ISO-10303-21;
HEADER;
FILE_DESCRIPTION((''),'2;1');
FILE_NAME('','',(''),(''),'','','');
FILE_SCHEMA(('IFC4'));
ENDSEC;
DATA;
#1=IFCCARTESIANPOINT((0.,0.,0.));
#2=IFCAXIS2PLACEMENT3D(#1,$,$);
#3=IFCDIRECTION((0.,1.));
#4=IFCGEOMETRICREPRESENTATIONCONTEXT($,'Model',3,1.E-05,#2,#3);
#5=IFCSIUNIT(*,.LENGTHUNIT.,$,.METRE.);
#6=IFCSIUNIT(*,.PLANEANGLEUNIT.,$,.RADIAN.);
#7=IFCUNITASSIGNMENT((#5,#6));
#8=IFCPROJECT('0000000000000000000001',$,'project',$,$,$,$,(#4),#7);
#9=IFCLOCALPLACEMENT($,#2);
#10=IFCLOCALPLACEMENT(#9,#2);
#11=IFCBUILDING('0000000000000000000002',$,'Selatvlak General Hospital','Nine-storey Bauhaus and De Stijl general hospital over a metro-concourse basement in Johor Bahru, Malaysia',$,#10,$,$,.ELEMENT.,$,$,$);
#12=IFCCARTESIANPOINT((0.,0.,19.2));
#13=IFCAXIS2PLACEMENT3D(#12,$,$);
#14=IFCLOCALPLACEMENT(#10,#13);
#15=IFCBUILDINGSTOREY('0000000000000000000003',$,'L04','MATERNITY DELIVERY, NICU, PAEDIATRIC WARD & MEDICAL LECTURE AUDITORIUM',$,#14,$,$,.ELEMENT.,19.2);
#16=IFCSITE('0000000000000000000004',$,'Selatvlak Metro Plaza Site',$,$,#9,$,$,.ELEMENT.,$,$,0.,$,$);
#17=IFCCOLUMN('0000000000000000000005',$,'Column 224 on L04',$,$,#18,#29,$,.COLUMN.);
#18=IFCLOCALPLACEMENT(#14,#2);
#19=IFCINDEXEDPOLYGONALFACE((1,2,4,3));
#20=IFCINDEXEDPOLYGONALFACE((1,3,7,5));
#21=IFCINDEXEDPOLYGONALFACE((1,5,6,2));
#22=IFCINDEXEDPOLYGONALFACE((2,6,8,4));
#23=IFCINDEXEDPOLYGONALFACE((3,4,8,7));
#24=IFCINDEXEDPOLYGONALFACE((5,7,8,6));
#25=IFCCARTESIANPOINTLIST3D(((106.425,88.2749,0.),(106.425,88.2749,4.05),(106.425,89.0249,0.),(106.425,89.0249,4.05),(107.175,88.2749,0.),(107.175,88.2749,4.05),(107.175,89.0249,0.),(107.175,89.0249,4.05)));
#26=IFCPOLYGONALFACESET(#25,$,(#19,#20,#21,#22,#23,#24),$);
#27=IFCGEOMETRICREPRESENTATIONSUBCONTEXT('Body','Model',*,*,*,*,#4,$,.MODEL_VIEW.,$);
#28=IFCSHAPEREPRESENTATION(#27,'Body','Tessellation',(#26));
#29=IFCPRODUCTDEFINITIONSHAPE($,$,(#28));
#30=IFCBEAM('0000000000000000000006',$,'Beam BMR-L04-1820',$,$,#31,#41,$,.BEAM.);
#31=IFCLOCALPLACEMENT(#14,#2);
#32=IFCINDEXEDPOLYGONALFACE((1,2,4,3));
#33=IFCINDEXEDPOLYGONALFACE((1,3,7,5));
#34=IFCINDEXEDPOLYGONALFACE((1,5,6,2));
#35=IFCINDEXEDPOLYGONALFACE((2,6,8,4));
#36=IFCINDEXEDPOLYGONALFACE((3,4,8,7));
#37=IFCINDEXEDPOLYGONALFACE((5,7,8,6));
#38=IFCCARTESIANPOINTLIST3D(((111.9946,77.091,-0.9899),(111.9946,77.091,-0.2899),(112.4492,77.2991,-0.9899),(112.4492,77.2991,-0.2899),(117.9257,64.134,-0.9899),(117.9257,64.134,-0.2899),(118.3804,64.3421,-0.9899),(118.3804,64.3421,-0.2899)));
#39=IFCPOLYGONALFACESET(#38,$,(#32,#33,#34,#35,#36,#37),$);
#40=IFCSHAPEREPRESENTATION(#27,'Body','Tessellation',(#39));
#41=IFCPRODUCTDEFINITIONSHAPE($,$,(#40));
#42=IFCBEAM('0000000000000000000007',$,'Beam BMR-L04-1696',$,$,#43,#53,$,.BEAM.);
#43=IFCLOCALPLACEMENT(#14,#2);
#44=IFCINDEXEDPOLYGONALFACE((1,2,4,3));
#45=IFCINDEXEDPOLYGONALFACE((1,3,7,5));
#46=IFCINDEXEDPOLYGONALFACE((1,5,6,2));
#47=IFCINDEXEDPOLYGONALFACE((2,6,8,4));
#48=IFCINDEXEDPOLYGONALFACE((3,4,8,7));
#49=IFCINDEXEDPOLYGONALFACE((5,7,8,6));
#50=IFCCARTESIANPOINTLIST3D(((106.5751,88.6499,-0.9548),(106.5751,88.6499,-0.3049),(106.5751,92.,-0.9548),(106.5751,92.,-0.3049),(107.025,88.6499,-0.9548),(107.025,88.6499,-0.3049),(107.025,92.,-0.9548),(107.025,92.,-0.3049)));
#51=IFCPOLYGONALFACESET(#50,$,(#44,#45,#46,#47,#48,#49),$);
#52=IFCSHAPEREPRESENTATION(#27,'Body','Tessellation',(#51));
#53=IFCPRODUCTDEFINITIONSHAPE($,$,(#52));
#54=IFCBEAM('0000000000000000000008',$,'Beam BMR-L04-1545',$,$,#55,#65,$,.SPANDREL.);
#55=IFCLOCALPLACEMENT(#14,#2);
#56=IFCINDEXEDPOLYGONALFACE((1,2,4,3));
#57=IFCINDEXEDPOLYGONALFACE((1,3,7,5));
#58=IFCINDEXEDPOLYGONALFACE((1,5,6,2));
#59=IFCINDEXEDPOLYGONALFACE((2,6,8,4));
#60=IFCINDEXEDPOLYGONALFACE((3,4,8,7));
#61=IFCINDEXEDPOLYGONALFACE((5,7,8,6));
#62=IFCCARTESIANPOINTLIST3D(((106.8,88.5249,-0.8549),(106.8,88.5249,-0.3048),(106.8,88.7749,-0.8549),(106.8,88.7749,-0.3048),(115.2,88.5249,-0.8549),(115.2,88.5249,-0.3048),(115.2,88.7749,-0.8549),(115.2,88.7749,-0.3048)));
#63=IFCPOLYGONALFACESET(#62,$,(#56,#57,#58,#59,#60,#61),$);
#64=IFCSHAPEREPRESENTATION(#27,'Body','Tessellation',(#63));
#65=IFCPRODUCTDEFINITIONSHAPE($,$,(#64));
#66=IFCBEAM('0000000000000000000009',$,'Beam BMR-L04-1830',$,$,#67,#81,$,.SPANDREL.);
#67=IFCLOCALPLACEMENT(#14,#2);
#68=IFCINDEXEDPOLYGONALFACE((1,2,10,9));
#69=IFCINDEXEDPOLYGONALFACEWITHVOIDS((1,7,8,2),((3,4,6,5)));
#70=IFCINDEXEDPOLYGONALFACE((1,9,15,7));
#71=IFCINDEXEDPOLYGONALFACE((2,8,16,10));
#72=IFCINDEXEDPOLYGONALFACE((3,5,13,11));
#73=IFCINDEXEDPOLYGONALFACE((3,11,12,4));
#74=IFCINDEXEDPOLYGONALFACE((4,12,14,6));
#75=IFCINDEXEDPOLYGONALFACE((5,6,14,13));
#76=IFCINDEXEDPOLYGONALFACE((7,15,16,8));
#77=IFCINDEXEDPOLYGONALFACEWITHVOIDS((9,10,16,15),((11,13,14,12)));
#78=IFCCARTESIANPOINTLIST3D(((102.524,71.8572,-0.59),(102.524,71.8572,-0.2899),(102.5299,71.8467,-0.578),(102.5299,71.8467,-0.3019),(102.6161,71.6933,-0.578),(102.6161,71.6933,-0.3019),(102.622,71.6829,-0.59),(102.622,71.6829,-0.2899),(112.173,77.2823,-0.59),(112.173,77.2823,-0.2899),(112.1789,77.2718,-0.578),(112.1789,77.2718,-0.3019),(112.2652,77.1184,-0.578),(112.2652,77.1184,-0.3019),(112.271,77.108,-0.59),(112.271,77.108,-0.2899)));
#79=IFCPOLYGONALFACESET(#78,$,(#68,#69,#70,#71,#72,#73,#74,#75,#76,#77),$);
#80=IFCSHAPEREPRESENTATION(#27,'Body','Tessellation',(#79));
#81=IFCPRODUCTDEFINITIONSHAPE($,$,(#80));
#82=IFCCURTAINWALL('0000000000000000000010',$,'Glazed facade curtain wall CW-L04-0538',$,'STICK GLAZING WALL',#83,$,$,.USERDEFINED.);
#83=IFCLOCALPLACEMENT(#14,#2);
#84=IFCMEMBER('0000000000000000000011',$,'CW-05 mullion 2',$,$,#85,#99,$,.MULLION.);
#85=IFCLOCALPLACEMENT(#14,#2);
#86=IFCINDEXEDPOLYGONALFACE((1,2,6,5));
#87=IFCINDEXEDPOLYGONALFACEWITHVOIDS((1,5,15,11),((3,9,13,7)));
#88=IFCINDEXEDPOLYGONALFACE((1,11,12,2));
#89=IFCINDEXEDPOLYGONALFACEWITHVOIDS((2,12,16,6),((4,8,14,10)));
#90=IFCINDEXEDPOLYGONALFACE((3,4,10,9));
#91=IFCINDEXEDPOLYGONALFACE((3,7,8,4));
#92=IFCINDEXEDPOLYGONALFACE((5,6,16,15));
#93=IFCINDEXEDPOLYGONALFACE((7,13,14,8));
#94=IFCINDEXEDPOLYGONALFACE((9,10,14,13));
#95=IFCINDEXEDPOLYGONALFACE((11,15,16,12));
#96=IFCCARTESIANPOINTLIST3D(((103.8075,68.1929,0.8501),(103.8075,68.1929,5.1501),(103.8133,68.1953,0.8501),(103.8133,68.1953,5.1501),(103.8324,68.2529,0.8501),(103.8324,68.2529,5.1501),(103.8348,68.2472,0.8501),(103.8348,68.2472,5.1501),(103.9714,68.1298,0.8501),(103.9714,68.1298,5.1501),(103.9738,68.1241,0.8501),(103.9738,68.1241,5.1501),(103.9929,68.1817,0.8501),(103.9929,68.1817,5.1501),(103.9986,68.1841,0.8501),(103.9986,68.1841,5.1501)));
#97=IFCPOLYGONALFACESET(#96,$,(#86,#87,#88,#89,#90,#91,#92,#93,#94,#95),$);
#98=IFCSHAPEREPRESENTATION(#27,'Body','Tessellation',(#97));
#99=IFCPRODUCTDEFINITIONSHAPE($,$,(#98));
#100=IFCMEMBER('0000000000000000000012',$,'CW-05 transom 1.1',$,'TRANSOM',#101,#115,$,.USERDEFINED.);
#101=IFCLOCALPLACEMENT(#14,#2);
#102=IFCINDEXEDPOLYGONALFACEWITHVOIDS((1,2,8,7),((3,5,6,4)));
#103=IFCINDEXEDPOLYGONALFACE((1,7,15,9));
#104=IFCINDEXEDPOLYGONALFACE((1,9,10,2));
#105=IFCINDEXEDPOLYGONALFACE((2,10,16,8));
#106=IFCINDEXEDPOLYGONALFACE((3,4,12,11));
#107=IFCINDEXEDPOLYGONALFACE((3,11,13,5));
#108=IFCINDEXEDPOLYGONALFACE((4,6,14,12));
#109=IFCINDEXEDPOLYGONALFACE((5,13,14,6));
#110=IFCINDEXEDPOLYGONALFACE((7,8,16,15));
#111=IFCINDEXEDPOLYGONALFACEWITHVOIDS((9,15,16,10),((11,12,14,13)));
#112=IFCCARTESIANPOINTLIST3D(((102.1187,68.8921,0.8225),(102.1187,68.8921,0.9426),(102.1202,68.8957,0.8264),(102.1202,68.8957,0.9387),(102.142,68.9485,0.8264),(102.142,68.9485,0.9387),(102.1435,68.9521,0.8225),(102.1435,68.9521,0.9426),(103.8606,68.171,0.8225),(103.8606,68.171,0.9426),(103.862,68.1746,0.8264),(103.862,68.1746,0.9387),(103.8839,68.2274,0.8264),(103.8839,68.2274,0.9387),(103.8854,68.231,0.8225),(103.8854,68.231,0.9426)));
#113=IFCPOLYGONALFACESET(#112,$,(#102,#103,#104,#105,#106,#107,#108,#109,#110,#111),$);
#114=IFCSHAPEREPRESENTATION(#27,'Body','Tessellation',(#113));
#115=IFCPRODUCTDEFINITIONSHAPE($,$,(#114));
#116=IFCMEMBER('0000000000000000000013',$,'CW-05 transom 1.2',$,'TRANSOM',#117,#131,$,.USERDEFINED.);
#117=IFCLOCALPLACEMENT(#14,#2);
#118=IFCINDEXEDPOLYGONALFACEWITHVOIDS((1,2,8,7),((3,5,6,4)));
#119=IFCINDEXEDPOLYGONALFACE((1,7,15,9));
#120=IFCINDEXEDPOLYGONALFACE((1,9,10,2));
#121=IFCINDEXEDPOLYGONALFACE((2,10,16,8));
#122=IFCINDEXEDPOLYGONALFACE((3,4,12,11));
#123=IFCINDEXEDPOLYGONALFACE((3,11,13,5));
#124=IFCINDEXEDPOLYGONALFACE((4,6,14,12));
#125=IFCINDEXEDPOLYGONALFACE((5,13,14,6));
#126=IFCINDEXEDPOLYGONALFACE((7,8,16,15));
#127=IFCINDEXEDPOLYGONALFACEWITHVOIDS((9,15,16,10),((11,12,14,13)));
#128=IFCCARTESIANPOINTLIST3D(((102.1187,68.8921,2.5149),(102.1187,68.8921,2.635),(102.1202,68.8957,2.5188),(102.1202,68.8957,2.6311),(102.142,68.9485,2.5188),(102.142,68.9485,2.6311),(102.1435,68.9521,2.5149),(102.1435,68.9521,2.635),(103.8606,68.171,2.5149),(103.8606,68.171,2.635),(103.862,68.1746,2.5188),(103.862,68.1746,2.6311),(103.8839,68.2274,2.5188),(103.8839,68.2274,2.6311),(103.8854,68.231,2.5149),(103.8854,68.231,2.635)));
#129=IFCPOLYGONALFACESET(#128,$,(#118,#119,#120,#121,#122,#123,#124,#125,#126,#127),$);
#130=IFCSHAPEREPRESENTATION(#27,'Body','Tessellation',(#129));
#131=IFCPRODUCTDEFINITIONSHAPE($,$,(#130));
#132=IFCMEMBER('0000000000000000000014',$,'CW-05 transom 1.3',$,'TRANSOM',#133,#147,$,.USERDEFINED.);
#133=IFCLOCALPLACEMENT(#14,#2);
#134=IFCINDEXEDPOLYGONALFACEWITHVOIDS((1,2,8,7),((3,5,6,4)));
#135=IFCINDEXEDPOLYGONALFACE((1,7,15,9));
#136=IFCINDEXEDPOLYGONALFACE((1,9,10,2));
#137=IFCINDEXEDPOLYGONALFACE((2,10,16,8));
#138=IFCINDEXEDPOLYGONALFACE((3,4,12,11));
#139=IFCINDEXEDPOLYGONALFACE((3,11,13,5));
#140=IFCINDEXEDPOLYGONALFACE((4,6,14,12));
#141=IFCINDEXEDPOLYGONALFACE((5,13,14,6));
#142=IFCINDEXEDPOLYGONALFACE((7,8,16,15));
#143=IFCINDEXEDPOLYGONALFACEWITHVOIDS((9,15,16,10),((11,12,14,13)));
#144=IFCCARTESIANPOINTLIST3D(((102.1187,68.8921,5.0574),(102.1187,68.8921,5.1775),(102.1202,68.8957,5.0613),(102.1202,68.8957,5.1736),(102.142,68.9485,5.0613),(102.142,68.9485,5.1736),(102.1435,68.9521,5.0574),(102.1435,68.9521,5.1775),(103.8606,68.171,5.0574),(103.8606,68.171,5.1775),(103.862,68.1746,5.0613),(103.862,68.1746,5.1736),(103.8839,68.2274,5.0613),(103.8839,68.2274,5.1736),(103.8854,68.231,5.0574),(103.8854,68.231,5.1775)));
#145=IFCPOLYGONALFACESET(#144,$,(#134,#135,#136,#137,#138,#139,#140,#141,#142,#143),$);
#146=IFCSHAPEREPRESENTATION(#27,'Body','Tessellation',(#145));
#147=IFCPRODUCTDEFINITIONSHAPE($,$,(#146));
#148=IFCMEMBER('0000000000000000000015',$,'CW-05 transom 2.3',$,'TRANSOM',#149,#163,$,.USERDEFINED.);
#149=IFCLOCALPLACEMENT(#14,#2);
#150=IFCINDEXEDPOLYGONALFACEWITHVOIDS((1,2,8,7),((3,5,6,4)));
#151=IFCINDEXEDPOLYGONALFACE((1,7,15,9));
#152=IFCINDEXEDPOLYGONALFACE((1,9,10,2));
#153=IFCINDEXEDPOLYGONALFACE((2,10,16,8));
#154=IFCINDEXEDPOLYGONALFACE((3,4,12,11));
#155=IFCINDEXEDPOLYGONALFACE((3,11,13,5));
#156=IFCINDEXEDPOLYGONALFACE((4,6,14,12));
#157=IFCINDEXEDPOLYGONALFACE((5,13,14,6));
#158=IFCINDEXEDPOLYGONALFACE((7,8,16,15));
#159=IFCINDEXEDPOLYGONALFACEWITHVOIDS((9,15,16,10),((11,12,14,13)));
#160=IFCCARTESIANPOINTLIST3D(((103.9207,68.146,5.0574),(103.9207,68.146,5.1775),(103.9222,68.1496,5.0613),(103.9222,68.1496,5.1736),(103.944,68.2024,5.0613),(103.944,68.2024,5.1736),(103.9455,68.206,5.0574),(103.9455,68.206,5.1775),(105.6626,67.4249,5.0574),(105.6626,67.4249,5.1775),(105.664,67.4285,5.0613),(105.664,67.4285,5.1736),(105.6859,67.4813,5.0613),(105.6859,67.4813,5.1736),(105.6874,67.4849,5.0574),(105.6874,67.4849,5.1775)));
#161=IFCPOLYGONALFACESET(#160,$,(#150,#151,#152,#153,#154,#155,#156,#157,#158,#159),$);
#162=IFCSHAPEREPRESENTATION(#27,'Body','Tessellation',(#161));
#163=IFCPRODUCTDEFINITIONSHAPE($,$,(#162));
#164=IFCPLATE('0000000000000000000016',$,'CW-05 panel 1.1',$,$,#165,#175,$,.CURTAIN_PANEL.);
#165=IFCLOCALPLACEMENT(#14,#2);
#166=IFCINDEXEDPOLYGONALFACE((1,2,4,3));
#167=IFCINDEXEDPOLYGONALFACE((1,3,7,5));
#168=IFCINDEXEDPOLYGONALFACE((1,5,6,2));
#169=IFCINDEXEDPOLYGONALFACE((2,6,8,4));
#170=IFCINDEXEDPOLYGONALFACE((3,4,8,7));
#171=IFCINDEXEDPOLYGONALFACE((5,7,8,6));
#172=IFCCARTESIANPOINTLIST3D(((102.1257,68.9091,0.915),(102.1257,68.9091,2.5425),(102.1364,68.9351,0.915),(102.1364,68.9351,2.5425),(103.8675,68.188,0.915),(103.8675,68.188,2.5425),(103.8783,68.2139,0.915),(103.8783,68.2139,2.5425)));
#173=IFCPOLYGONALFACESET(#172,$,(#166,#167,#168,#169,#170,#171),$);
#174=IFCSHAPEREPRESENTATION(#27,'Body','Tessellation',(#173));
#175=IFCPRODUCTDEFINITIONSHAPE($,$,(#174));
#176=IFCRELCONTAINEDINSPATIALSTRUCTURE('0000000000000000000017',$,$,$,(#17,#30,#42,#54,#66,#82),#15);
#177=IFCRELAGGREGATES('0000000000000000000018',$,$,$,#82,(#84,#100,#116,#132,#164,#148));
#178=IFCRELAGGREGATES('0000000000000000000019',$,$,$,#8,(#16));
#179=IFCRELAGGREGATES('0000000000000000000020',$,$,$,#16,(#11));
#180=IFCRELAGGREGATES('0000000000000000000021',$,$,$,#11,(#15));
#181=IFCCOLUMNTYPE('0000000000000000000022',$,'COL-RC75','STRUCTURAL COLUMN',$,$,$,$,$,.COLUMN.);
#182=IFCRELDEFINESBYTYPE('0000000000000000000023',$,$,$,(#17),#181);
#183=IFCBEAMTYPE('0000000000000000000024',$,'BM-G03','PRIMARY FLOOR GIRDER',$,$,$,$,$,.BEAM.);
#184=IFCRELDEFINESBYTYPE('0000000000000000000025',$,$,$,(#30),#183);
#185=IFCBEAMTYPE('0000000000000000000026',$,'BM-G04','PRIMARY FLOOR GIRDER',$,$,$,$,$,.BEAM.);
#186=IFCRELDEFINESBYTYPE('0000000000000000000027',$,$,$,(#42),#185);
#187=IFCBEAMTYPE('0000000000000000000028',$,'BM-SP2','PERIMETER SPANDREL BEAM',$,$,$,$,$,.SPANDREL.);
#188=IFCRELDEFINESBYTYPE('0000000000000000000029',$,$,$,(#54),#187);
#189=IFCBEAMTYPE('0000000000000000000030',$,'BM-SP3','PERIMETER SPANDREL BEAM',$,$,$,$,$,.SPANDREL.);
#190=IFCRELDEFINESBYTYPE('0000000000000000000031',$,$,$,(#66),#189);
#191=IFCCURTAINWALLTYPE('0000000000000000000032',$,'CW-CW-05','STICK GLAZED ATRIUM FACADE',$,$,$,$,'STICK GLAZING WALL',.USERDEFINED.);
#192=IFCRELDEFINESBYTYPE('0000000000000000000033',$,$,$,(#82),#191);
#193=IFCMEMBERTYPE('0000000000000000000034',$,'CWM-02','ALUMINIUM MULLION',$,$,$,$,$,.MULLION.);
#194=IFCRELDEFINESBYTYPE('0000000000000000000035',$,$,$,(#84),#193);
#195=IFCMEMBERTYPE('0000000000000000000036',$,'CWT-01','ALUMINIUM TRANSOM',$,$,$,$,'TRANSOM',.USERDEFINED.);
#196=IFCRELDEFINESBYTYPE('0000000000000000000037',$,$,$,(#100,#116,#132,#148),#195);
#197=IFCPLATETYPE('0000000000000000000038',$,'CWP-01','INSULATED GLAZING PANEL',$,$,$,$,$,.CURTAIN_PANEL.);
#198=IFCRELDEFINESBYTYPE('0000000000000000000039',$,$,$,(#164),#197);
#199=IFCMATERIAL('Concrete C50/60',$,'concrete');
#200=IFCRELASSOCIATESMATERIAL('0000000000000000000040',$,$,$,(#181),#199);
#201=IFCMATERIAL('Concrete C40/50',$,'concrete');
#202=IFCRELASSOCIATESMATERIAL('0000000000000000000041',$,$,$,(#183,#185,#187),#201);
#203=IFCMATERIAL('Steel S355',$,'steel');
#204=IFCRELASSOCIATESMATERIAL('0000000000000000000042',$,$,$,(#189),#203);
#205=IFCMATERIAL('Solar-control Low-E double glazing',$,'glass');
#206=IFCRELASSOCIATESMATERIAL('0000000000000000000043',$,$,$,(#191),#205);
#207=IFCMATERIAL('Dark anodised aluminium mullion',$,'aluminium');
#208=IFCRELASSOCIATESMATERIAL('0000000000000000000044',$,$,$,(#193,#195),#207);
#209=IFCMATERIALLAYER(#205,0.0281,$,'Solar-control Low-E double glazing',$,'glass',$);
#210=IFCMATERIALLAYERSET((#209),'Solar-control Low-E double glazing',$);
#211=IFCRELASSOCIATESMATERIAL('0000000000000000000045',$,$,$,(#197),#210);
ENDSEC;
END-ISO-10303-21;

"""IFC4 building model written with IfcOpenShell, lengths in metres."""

from ifc_helpers import new_model, si_unit, direction, frame, origin, origin_2d, place, context, subcontext, project, spatial, rectangle, hollow_rectangle, extrude, material, layer, layer_set, material_profile, profile_set, type_object, element, aggregate, save


model = new_model("IFC4")

# Units and contexts
model_context = context("Model", 3, precision=1e-05, world=origin(), true_north=direction((0.0, 1.0)))
body_context = subcontext(model_context, "Body", "Model", "MODEL_VIEW")
ifc_project = project(units=[si_unit("LENGTHUNIT", "METRE"), si_unit("PLANEANGLEUNIT", "RADIAN")], contexts=[model_context])

# Site, building, storey
site_placement = place(None, origin())
site = spatial("IfcSite", under=ifc_project, at=site_placement, Name="Selatvlak Metro Plaza Site", CompositionType="ELEMENT", RefElevation=0.0)
building_placement = place(site_placement, origin())
building = spatial("IfcBuilding", under=site, at=building_placement, Name="Selatvlak General Hospital", Description="Nine-storey Bauhaus and De Stijl general hospital over a metro-concourse basement in Johor Bahru, Malaysia", CompositionType="ELEMENT")
storey_placement = place(building_placement, frame((0.0, 0.0, 19.2)))
storey = spatial("IfcBuildingStorey", under=building, at=storey_placement, Name="L04", Description="MATERNITY DELIVERY, NICU, PAEDIATRIC WARD & MEDICAL LECTURE AUDITORIUM", CompositionType="ELEMENT", Elevation=19.2)

# Column
ifc_material_1 = material(Name="Concrete C50/60", Category="concrete")
ifc_material_profile_1 = material_profile(ifc_material_1, rectangle(XDim=0.75, YDim=0.75, at=origin_2d()), Name="RC-COL 750x750")
ifc_profile_set_1 = profile_set([ifc_material_profile_1], Name="Concrete C50/60")
column_type = type_object("IfcColumnType", Name="COL-RC75", Description="STRUCTURAL COLUMN", PredefinedType="COLUMN", material=ifc_profile_set_1)
column_placement = place(storey_placement, frame((106.8, 88.6499, 0.0), z_axis=(0.0, 0.0, 1.0), x_axis=(1.0, 0.0, 0.0)))
element("IfcColumn", 1, at=column_placement, inside=storey, type_object=column_type, Name="Column 224 on L04", PredefinedType="COLUMN", context=body_context, shape_type="SweptSolid", body=[
    extrude(rectangle(XDim=0.75, YDim=0.75, at=origin_2d()), origin(), (0.0, 0.0, 1.0), 4.05),
])

# Beams
ifc_material_2 = material(Name="Concrete C40/50", Category="concrete")
ifc_material_profile_2 = material_profile(ifc_material_2, rectangle(XDim=0.5, YDim=0.7, at=origin_2d()), Name="RC-BM 500x700")
ifc_profile_set_2 = profile_set([ifc_material_profile_2], Name="Concrete C40/50")
beam_type_1 = type_object("IfcBeamType", Name="BM-G03", Description="PRIMARY FLOOR GIRDER", PredefinedType="BEAM", material=ifc_profile_set_2)
beam_1_placement = place(storey_placement, frame((112.2219, 77.1951, -0.6399), z_axis=(0.41622, -0.909264, 0.0), x_axis=(0.909264, 0.41622, 0.0)))
element("IfcBeam", 2, at=beam_1_placement, inside=storey, type_object=beam_type_1, Name="Beam BMR-L04-1820", PredefinedType="BEAM", context=body_context, shape_type="SweptSolid", body=[
    extrude(rectangle(XDim=0.5, YDim=0.7, at=origin_2d()), origin(), (0.0, 0.0, 1.0), 14.25),
])
ifc_material_profile_3 = material_profile(ifc_material_2, rectangle(XDim=0.45, YDim=0.6499, at=origin_2d()), Name="RC-BM 450x650")
ifc_profile_set_3 = profile_set([ifc_material_profile_3], Name="Concrete C40/50")
beam_type_2 = type_object("IfcBeamType", Name="BM-G04", Description="PRIMARY FLOOR GIRDER", PredefinedType="BEAM", material=ifc_profile_set_3)
beam_2_placement = place(storey_placement, frame((106.8, 88.6499, -0.6299), z_axis=(0.0, 1.0, 0.0), x_axis=(-1.0, 0.0, 0.0)))
element("IfcBeam", 3, at=beam_2_placement, inside=storey, type_object=beam_type_2, Name="Beam BMR-L04-1696", PredefinedType="BEAM", context=body_context, shape_type="SweptSolid", body=[
    extrude(rectangle(XDim=0.45, YDim=0.6499, at=origin_2d()), origin(), (0.0, 0.0, 1.0), 3.3501),
])
ifc_material_profile_4 = material_profile(ifc_material_2, rectangle(XDim=0.25, YDim=0.55, at=origin_2d()), Name="RC-SP 250x550")
ifc_profile_set_4 = profile_set([ifc_material_profile_4], Name="Concrete C40/50")
beam_type_3 = type_object("IfcBeamType", Name="BM-SP2", Description="PERIMETER SPANDREL BEAM", PredefinedType="SPANDREL", material=ifc_profile_set_4)
beam_3_placement = place(storey_placement, frame((106.8, 88.6499, -0.5798), z_axis=(1.0, 0.0, 0.0), x_axis=(0.0, 1.0, 0.0)))
element("IfcBeam", 4, at=beam_3_placement, inside=storey, type_object=beam_type_3, Name="Beam BMR-L04-1545", PredefinedType="SPANDREL", context=body_context, shape_type="SweptSolid", body=[
    extrude(rectangle(XDim=0.25, YDim=0.55, at=origin_2d()), origin(), (0.0, 0.0, 1.0), 8.3999),
])
ifc_material_3 = material(Name="Steel S355", Category="steel")
ifc_material_profile_5 = material_profile(ifc_material_3, hollow_rectangle(XDim=0.2, YDim=0.3, WallThickness=0.012, at=origin_2d()), Name="RHS 300x200x12")
ifc_profile_set_5 = profile_set([ifc_material_profile_5], Name="Steel S355")
beam_type_4 = type_object("IfcBeamType", Name="BM-SP3", Description="PERIMETER SPANDREL BEAM", PredefinedType="SPANDREL", material=ifc_profile_set_5)
beam_4_placement = place(storey_placement, frame((102.573, 71.77, -0.4399), z_axis=(0.871671, 0.490092, 0.0), x_axis=(-0.490092, 0.871671, 0.0)))
element("IfcBeam", 5, at=beam_4_placement, inside=storey, type_object=beam_type_4, Name="Beam BMR-L04-1830", PredefinedType="SPANDREL", context=body_context, shape_type="SweptSolid", body=[
    extrude(hollow_rectangle(XDim=0.2, YDim=0.3, WallThickness=0.012, at=origin_2d()), origin(), (0.0, 0.0, 1.0), 11.0696),
])

# Curtain wall, members, plate
ifc_material_4 = material(Name="Solar-control Low-E double glazing", Category="glass")
curtain_wall_type = type_object("IfcCurtainWallType", Name="CW-CW-05", Description="STICK GLAZED ATRIUM FACADE", ElementType="STICK GLAZING WALL", PredefinedType="USERDEFINED", material=ifc_material_4)
curtain_wall_placement = place(storey_placement, origin())
curtain_wall = element("IfcCurtainWall", 6, at=curtain_wall_placement, inside=storey, type_object=curtain_wall_type, Name="Glazed facade curtain wall CW-L04-0538", ObjectType="STICK GLAZING WALL", PredefinedType="USERDEFINED")
ifc_material_5 = material(Name="Dark anodised aluminium mullion", Category="aluminium")
ifc_material_profile_6 = material_profile(ifc_material_5, hollow_rectangle(XDim=0.0649, YDim=0.1799, WallThickness=0.0044, at=origin_2d()), Name="AL-MUL 65x180x4.5")
ifc_profile_set_6 = profile_set([ifc_material_profile_6], Name="Dark anodised aluminium mullion")
member_type_1 = type_object("IfcMemberType", Name="CWM-02", Description="ALUMINIUM MULLION", PredefinedType="MULLION", material=ifc_profile_set_6)
member_1_placement = place(storey_placement, frame((103.9031, 68.1885, 0.8501), z_axis=(0.0, 0.0, 1.0), x_axis=(0.382537, 0.92394, 0.0)))
member_1 = element("IfcMember", 7, at=member_1_placement, type_object=member_type_1, Name="CW-05 mullion 2", PredefinedType="MULLION", context=body_context, shape_type="SweptSolid", body=[
    extrude(hollow_rectangle(XDim=0.0649, YDim=0.1799, WallThickness=0.0044, at=origin_2d()), origin(), (0.0, 0.0, 1.0), 4.3),
])
ifc_material_profile_7 = material_profile(ifc_material_5, hollow_rectangle(XDim=0.0649, YDim=0.1201, WallThickness=0.0039, at=origin_2d()), Name="AL-TRN 65x120x4")
ifc_profile_set_7 = profile_set([ifc_material_profile_7], Name="Dark anodised aluminium mullion")
member_type_2 = type_object("IfcMemberType", Name="CWT-01", Description="ALUMINIUM TRANSOM", ElementType="TRANSOM", PredefinedType="USERDEFINED", material=ifc_profile_set_7)
member_2_placement = place(storey_placement, frame((102.1311, 68.9221, 0.8826), z_axis=(0.923944, -0.382527, 0.0), x_axis=(0.382527, 0.923944, 0.0)))
member_2 = element("IfcMember", 8, at=member_2_placement, type_object=member_type_2, Name="CW-05 transom 1.1", ObjectType="TRANSOM", PredefinedType="USERDEFINED", context=body_context, shape_type="SweptSolid", body=[
    extrude(hollow_rectangle(XDim=0.0649, YDim=0.1201, WallThickness=0.0039, at=origin_2d()), origin(), (0.0, 0.0, 1.0), 1.8853),
])
member_3_placement = place(storey_placement, frame((102.1311, 68.9221, 2.575), z_axis=(0.923944, -0.382527, 0.0), x_axis=(0.382527, 0.923944, 0.0)))
member_3 = element("IfcMember", 9, at=member_3_placement, type_object=member_type_2, Name="CW-05 transom 1.2", ObjectType="TRANSOM", PredefinedType="USERDEFINED", context=body_context, shape_type="SweptSolid", body=[
    extrude(hollow_rectangle(XDim=0.0649, YDim=0.1201, WallThickness=0.0039, at=origin_2d()), origin(), (0.0, 0.0, 1.0), 1.8853),
])
member_4_placement = place(storey_placement, frame((102.1311, 68.9221, 5.1174), z_axis=(0.923944, -0.382527, 0.0), x_axis=(0.382527, 0.923944, 0.0)))
member_4 = element("IfcMember", 10, at=member_4_placement, type_object=member_type_2, Name="CW-05 transom 1.3", ObjectType="TRANSOM", PredefinedType="USERDEFINED", context=body_context, shape_type="SweptSolid", body=[
    extrude(hollow_rectangle(XDim=0.0649, YDim=0.1201, WallThickness=0.0039, at=origin_2d()), origin(), (0.0, 0.0, 1.0), 1.8853),
])
member_5_placement = place(storey_placement, frame((103.9331, 68.176, 5.1174), z_axis=(0.923944, -0.382527, 0.0), x_axis=(0.382527, 0.923944, 0.0)))
member_5 = element("IfcMember", 11, at=member_5_placement, type_object=member_type_2, Name="CW-05 transom 2.3", ObjectType="TRANSOM", PredefinedType="USERDEFINED", context=body_context, shape_type="SweptSolid", body=[
    extrude(hollow_rectangle(XDim=0.0649, YDim=0.1201, WallThickness=0.0039, at=origin_2d()), origin(), (0.0, 0.0, 1.0), 1.8853),
])
ifc_layer_1 = layer(ifc_material_4, 0.0281, Name="Solar-control Low-E double glazing", Category="glass")
ifc_layer_set_1 = layer_set([ifc_layer_1], Name="Solar-control Low-E double glazing")
plate_type = type_object("IfcPlateType", Name="CWP-01", Description="INSULATED GLAZING PANEL", PredefinedType="CURTAIN_PANEL", material=ifc_layer_set_1)
plate_1_placement = place(storey_placement, frame((103.002, 68.5615, 0.915), z_axis=(0.0, 0.0, 1.0), x_axis=(0.92394, -0.382537, 0.0)))
plate_1 = element("IfcPlate", 12, at=plate_1_placement, type_object=plate_type, Name="CW-05 panel 1.1", PredefinedType="CURTAIN_PANEL", context=body_context, shape_type="SweptSolid", body=[
    extrude(rectangle(XDim=1.8853, YDim=0.0281, at=origin_2d()), origin(), (0.0, 0.0, 1.0), 1.6274),
])
aggregate(curtain_wall, [member_1, member_2, member_3, member_4, plate_1, member_5])

save(model, "model.ifc")
